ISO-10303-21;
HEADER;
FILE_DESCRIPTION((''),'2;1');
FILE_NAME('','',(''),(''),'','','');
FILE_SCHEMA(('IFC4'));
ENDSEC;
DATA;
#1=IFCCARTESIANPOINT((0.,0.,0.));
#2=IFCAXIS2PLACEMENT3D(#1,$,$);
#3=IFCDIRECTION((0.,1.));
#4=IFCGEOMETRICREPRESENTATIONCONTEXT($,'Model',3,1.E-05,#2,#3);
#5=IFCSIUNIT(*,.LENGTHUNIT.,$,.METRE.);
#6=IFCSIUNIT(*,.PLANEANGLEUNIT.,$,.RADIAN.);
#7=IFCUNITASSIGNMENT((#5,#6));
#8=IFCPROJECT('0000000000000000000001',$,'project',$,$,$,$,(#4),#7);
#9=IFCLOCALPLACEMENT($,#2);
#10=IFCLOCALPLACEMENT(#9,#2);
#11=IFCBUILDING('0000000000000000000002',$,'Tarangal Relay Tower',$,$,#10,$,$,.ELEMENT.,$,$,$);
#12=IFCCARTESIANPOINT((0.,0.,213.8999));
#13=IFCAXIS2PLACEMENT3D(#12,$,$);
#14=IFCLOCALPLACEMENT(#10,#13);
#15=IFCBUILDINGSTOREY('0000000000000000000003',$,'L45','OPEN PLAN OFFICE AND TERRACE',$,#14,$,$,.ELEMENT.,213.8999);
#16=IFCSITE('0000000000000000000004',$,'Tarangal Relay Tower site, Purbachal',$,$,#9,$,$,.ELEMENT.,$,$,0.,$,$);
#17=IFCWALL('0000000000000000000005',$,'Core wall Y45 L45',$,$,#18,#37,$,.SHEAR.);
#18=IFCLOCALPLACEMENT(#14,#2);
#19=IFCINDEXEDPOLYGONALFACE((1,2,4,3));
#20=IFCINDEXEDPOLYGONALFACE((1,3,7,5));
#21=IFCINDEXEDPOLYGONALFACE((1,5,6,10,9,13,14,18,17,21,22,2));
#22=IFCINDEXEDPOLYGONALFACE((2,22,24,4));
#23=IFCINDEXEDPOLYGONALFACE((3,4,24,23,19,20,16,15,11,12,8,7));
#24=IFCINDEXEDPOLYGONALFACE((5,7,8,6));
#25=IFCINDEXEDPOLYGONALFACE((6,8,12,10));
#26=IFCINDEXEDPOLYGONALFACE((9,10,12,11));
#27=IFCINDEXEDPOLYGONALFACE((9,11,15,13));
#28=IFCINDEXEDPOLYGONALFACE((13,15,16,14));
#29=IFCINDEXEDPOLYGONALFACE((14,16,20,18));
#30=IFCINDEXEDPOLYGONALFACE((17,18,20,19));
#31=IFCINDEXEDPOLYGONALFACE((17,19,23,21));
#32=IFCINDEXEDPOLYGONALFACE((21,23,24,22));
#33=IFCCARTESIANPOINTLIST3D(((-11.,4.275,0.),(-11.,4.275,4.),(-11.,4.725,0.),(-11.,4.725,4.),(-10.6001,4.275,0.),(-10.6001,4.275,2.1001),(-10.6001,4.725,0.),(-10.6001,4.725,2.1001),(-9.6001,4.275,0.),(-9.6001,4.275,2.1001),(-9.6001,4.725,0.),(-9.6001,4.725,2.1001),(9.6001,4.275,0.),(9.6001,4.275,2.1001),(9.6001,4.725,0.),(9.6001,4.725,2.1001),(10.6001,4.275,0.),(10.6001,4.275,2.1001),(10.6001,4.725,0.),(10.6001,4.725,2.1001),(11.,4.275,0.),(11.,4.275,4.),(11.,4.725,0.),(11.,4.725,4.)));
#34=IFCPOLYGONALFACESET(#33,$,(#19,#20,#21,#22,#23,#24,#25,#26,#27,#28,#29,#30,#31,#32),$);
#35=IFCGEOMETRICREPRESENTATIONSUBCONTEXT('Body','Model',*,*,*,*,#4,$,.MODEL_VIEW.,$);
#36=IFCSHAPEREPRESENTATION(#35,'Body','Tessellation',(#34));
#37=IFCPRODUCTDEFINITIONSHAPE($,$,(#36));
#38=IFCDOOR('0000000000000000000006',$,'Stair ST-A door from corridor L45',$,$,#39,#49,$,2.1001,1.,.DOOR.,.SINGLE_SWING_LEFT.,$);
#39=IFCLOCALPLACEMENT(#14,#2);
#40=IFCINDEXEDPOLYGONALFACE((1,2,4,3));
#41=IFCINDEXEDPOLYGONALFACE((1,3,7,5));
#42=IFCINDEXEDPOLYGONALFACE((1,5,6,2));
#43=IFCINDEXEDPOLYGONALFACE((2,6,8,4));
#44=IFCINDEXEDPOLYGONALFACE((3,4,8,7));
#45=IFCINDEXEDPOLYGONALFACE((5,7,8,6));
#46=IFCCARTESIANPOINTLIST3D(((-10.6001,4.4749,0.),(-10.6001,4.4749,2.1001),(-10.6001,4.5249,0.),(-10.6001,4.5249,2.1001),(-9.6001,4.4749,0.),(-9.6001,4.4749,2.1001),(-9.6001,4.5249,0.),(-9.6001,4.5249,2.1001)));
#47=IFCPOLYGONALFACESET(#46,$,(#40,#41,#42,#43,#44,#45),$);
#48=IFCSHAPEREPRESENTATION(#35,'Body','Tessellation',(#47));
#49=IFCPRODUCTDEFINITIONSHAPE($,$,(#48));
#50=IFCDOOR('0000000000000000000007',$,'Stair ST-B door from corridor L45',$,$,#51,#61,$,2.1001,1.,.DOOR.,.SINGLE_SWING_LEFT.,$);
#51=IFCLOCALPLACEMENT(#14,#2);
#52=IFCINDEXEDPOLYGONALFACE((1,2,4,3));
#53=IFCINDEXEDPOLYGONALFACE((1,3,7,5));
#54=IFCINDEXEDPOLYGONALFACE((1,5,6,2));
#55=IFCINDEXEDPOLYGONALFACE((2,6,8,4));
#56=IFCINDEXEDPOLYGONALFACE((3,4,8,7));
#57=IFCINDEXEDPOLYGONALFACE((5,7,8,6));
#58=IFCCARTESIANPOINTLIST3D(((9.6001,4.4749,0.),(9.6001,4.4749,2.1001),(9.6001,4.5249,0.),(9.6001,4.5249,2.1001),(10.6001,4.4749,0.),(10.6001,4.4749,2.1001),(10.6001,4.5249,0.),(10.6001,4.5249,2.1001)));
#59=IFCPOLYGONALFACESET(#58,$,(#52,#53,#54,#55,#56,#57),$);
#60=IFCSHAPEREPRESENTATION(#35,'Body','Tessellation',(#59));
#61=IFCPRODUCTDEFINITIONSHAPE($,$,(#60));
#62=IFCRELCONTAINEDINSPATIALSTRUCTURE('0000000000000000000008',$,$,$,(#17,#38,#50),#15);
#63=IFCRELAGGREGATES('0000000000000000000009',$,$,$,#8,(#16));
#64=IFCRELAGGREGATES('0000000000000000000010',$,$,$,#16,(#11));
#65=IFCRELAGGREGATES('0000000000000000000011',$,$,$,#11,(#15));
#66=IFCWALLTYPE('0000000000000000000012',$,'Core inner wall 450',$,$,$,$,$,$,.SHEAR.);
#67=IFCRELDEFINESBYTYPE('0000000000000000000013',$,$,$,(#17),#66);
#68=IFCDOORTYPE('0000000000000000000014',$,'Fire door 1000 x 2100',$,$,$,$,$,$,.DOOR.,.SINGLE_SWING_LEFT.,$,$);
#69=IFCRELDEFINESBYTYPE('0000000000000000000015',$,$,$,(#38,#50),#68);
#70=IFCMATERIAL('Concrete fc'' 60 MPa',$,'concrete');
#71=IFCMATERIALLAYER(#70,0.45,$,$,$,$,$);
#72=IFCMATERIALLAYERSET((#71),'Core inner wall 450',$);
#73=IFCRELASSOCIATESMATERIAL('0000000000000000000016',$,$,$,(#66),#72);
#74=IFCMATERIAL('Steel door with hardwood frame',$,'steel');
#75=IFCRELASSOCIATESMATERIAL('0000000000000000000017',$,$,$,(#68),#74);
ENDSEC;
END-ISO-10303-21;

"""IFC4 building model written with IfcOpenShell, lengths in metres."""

from ifc_helpers import new_model, si_unit, direction, frame, frame_2d, origin, place, context, subcontext, project, spatial, rectangle, extrude, material, layer, layer_set, type_object, element, fill, save


model = new_model("IFC4")

# Units and contexts
model_context = context("Model", 3, precision=1e-05, world=origin(), true_north=direction((0.0, 1.0)))
body_context = subcontext(model_context, "Body", "Model", "MODEL_VIEW")
ifc_project = project(units=[si_unit("LENGTHUNIT", "METRE"), si_unit("PLANEANGLEUNIT", "RADIAN")], contexts=[model_context])

# Site, building, storey
site_placement = place(None, origin())
site = spatial("IfcSite", under=ifc_project, at=site_placement, Name="Tarangal Relay Tower site, Purbachal", CompositionType="ELEMENT", RefElevation=0.0)
building_placement = place(site_placement, origin())
building = spatial("IfcBuilding", under=site, at=building_placement, Name="Tarangal Relay Tower", CompositionType="ELEMENT")
storey_placement = place(building_placement, frame((0.0, 0.0, 213.8999)))
storey = spatial("IfcBuildingStorey", under=building, at=storey_placement, Name="L45", Description="OPEN PLAN OFFICE AND TERRACE", CompositionType="ELEMENT", Elevation=213.8999)

# Wall, openings, doors
ifc_material_1 = material(Name="Concrete fc' 60 MPa", Category="concrete")
ifc_layer = layer(ifc_material_1, 0.45)
ifc_layer_set = layer_set([ifc_layer], Name="Core inner wall 450")
wall_type = type_object("IfcWallType", Name="Core inner wall 450", PredefinedType="SHEAR", material=ifc_layer_set)
wall_1_placement = place(storey_placement, frame((-11.0, 4.5, 0.0), z_axis=(0.0, 0.0, 1.0), x_axis=(1.0, 0.0, 0.0)))
wall_1 = element("IfcWall", 1, at=wall_1_placement, inside=storey, type_object=wall_type, Name="Core wall Y45 L45", PredefinedType="SHEAR", context=body_context, shape_type="SweptSolid", body=[
    extrude(rectangle(XDim=22.0, YDim=0.45, at=frame_2d((11.0, 0.0))), origin(), (0.0, 0.0, 1.0), 4.0),
])
opening_1_placement = place(wall_1_placement, frame((0.3999, 0.0, 0.0)))
opening_1 = element("IfcOpeningElement", 2, at=opening_1_placement, cuts=wall_1, PredefinedType="OPENING", context=body_context, shape_type="SweptSolid", body=[
    extrude(rectangle(XDim=1.0, YDim=2.1001, at=frame_2d((0.5, 1.05))), frame((0.0, 0.2349, 0.0), z_axis=(0.0, -1.0, 0.0), x_axis=(1.0, 0.0, 0.0)), (0.0, 0.0, 1.0), 0.47),
])
opening_2_placement = place(wall_1_placement, frame((20.6001, 0.0, 0.0)))
opening_2 = element("IfcOpeningElement", 3, at=opening_2_placement, cuts=wall_1, PredefinedType="OPENING", context=body_context, shape_type="SweptSolid", body=[
    extrude(rectangle(XDim=1.0, YDim=2.1001, at=frame_2d((0.5, 1.05))), frame((0.0, 0.2349, 0.0), z_axis=(0.0, -1.0, 0.0), x_axis=(1.0, 0.0, 0.0)), (0.0, 0.0, 1.0), 0.47),
])
ifc_material_2 = material(Name="Steel door with hardwood frame", Category="steel")
door_type_1 = type_object("IfcDoorType", Name="Fire door 1000 x 2100", OperationType="SINGLE_SWING_LEFT", PredefinedType="DOOR", material=ifc_material_2)
door_1_placement = place(opening_1_placement, origin())
door_1 = element("IfcDoor", 4, at=door_1_placement, inside=storey, type_object=door_type_1, Name="Stair ST-A door from corridor L45", OperationType="SINGLE_SWING_LEFT", OverallHeight=2.1001, OverallWidth=1.0, PredefinedType="DOOR", context=body_context, shape_type="SweptSolid", body=[
    extrude(rectangle(XDim=1.0, YDim=2.1001, at=frame_2d((0.5, 1.05))), frame((0.0, 0.0249, 0.0), z_axis=(0.0, -1.0, 0.0), x_axis=(1.0, 0.0, 0.0)), (0.0, 0.0, 1.0), 0.05),
])
fill(opening_1, door_1)
door_2_placement = place(opening_2_placement, origin())
door_2 = element("IfcDoor", 5, at=door_2_placement, inside=storey, type_object=door_type_1, Name="Stair ST-B door from corridor L45", OperationType="SINGLE_SWING_LEFT", OverallHeight=2.1001, OverallWidth=1.0, PredefinedType="DOOR", context=body_context, shape_type="SweptSolid", body=[
    extrude(rectangle(XDim=1.0, YDim=2.1001, at=frame_2d((0.5, 1.05))), frame((0.0, 0.0249, 0.0), z_axis=(0.0, -1.0, 0.0), x_axis=(1.0, 0.0, 0.0)), (0.0, 0.0, 1.0), 0.05),
])
fill(opening_2, door_2)

save(model, "model.ifc")
